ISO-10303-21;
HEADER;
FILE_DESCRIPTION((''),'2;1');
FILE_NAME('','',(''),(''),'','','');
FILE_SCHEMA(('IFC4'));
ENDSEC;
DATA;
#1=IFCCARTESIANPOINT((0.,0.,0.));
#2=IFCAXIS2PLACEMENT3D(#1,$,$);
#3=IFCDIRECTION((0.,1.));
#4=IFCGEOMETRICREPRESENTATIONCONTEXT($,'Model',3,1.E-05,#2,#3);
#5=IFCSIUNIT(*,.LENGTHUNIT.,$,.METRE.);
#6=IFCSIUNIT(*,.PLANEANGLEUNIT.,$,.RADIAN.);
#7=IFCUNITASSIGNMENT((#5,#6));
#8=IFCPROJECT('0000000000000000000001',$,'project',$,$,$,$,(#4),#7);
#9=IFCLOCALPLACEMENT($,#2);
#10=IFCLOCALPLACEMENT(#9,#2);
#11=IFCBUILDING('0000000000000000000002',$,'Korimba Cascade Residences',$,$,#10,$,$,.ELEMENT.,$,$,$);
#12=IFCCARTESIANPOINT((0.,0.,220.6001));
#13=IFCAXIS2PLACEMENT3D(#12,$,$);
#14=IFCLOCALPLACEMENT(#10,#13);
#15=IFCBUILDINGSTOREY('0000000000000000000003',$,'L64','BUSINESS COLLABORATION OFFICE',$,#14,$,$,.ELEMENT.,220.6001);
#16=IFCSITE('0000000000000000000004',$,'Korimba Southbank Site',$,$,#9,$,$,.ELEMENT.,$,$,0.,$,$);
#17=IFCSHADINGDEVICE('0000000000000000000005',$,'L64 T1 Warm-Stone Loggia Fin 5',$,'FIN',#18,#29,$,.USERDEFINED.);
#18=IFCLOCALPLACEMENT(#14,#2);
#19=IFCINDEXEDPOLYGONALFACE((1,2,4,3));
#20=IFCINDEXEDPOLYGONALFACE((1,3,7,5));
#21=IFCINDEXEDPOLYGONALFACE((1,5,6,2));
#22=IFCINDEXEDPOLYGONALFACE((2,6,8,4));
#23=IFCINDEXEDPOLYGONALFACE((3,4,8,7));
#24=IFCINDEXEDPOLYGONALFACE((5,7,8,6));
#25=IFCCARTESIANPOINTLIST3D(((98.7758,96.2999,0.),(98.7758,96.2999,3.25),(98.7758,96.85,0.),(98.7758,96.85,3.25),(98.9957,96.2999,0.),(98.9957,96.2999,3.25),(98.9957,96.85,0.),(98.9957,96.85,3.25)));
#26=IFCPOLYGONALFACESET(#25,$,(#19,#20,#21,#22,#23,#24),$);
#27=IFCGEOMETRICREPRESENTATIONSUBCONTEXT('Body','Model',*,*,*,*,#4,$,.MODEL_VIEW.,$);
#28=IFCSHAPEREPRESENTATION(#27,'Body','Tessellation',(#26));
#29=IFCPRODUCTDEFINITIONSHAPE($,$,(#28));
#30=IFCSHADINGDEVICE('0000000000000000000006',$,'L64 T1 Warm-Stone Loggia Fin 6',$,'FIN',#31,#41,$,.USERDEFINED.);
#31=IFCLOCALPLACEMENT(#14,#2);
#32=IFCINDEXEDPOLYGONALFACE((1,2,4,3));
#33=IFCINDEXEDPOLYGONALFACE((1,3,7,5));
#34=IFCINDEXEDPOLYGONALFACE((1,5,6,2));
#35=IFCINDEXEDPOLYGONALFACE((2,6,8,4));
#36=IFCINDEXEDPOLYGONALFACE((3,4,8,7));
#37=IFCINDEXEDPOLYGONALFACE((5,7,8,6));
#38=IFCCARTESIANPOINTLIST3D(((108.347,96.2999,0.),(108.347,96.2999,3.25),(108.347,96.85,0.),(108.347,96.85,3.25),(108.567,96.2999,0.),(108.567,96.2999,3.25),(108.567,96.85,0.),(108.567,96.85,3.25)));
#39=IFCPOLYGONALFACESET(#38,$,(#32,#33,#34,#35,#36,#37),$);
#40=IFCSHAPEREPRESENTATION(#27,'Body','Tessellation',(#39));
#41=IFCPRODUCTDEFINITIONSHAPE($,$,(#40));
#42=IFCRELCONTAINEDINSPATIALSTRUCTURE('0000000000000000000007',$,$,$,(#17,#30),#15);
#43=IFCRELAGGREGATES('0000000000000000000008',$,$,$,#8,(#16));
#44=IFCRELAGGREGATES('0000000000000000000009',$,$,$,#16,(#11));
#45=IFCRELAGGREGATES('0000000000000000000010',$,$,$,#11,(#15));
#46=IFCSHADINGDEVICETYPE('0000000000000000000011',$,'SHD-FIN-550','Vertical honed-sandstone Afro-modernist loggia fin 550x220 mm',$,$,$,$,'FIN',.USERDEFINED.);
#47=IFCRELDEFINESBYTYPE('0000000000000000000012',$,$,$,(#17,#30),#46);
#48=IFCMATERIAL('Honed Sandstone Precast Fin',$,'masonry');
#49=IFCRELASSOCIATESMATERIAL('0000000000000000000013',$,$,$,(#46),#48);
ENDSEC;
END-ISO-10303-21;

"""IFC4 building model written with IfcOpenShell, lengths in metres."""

from ifc_helpers import new_model, si_unit, direction, frame, origin, origin_2d, place, context, subcontext, project, spatial, rectangle, extrude, material, type_object, element, save


model = new_model("IFC4")

# Units and contexts
model_context = context("Model", 3, precision=1e-05, world=origin(), true_north=direction((0.0, 1.0)))
body_context = subcontext(model_context, "Body", "Model", "MODEL_VIEW")
ifc_project = project(units=[si_unit("LENGTHUNIT", "METRE"), si_unit("PLANEANGLEUNIT", "RADIAN")], contexts=[model_context])

# Site, building, storey
site_placement = place(None, origin())
site = spatial("IfcSite", under=ifc_project, at=site_placement, Name="Korimba Southbank Site", CompositionType="ELEMENT", RefElevation=0.0)
building_placement = place(site_placement, origin())
building = spatial("IfcBuilding", under=site, at=building_placement, Name="Korimba Cascade Residences", CompositionType="ELEMENT")
storey_placement = place(building_placement, frame((0.0, 0.0, 220.6001)))
storey = spatial("IfcBuildingStorey", under=building, at=storey_placement, Name="L64", Description="BUSINESS COLLABORATION OFFICE", CompositionType="ELEMENT", Elevation=220.6001)

# Shading devices
ifc_material_1 = material(Name="Honed Sandstone Precast Fin", Category="masonry")
shading_device_type = type_object("IfcShadingDeviceType", Name="SHD-FIN-550", Description="Vertical honed-sandstone Afro-modernist loggia fin 550x220 mm", ElementType="FIN", PredefinedType="USERDEFINED", material=ifc_material_1)
for number, where, z_axis, x_axis, name in (
    (1, (98.8857, 96.575, 0.0), (0.0, 0.0, 1.0), (1.0, 0.0, 0.0), "L64 T1 Warm-Stone Loggia Fin 5"),
    (2, (108.457, 96.575, 0.0), (0.0, 0.0, 1.0), (1.0, 0.0, 0.0), "L64 T1 Warm-Stone Loggia Fin 6"),
):
    element("IfcShadingDevice", number, at=place(storey_placement, frame(where, z_axis=z_axis, x_axis=x_axis)), inside=storey, type_object=shading_device_type, Name=name, ObjectType="FIN", PredefinedType="USERDEFINED", context=body_context, shape_type="SweptSolid", body=[
        extrude(rectangle(XDim=0.22, YDim=0.55, at=origin_2d()), origin(), (0.0, 0.0, 1.0), 3.25),
    ])

save(model, "model.ifc")
